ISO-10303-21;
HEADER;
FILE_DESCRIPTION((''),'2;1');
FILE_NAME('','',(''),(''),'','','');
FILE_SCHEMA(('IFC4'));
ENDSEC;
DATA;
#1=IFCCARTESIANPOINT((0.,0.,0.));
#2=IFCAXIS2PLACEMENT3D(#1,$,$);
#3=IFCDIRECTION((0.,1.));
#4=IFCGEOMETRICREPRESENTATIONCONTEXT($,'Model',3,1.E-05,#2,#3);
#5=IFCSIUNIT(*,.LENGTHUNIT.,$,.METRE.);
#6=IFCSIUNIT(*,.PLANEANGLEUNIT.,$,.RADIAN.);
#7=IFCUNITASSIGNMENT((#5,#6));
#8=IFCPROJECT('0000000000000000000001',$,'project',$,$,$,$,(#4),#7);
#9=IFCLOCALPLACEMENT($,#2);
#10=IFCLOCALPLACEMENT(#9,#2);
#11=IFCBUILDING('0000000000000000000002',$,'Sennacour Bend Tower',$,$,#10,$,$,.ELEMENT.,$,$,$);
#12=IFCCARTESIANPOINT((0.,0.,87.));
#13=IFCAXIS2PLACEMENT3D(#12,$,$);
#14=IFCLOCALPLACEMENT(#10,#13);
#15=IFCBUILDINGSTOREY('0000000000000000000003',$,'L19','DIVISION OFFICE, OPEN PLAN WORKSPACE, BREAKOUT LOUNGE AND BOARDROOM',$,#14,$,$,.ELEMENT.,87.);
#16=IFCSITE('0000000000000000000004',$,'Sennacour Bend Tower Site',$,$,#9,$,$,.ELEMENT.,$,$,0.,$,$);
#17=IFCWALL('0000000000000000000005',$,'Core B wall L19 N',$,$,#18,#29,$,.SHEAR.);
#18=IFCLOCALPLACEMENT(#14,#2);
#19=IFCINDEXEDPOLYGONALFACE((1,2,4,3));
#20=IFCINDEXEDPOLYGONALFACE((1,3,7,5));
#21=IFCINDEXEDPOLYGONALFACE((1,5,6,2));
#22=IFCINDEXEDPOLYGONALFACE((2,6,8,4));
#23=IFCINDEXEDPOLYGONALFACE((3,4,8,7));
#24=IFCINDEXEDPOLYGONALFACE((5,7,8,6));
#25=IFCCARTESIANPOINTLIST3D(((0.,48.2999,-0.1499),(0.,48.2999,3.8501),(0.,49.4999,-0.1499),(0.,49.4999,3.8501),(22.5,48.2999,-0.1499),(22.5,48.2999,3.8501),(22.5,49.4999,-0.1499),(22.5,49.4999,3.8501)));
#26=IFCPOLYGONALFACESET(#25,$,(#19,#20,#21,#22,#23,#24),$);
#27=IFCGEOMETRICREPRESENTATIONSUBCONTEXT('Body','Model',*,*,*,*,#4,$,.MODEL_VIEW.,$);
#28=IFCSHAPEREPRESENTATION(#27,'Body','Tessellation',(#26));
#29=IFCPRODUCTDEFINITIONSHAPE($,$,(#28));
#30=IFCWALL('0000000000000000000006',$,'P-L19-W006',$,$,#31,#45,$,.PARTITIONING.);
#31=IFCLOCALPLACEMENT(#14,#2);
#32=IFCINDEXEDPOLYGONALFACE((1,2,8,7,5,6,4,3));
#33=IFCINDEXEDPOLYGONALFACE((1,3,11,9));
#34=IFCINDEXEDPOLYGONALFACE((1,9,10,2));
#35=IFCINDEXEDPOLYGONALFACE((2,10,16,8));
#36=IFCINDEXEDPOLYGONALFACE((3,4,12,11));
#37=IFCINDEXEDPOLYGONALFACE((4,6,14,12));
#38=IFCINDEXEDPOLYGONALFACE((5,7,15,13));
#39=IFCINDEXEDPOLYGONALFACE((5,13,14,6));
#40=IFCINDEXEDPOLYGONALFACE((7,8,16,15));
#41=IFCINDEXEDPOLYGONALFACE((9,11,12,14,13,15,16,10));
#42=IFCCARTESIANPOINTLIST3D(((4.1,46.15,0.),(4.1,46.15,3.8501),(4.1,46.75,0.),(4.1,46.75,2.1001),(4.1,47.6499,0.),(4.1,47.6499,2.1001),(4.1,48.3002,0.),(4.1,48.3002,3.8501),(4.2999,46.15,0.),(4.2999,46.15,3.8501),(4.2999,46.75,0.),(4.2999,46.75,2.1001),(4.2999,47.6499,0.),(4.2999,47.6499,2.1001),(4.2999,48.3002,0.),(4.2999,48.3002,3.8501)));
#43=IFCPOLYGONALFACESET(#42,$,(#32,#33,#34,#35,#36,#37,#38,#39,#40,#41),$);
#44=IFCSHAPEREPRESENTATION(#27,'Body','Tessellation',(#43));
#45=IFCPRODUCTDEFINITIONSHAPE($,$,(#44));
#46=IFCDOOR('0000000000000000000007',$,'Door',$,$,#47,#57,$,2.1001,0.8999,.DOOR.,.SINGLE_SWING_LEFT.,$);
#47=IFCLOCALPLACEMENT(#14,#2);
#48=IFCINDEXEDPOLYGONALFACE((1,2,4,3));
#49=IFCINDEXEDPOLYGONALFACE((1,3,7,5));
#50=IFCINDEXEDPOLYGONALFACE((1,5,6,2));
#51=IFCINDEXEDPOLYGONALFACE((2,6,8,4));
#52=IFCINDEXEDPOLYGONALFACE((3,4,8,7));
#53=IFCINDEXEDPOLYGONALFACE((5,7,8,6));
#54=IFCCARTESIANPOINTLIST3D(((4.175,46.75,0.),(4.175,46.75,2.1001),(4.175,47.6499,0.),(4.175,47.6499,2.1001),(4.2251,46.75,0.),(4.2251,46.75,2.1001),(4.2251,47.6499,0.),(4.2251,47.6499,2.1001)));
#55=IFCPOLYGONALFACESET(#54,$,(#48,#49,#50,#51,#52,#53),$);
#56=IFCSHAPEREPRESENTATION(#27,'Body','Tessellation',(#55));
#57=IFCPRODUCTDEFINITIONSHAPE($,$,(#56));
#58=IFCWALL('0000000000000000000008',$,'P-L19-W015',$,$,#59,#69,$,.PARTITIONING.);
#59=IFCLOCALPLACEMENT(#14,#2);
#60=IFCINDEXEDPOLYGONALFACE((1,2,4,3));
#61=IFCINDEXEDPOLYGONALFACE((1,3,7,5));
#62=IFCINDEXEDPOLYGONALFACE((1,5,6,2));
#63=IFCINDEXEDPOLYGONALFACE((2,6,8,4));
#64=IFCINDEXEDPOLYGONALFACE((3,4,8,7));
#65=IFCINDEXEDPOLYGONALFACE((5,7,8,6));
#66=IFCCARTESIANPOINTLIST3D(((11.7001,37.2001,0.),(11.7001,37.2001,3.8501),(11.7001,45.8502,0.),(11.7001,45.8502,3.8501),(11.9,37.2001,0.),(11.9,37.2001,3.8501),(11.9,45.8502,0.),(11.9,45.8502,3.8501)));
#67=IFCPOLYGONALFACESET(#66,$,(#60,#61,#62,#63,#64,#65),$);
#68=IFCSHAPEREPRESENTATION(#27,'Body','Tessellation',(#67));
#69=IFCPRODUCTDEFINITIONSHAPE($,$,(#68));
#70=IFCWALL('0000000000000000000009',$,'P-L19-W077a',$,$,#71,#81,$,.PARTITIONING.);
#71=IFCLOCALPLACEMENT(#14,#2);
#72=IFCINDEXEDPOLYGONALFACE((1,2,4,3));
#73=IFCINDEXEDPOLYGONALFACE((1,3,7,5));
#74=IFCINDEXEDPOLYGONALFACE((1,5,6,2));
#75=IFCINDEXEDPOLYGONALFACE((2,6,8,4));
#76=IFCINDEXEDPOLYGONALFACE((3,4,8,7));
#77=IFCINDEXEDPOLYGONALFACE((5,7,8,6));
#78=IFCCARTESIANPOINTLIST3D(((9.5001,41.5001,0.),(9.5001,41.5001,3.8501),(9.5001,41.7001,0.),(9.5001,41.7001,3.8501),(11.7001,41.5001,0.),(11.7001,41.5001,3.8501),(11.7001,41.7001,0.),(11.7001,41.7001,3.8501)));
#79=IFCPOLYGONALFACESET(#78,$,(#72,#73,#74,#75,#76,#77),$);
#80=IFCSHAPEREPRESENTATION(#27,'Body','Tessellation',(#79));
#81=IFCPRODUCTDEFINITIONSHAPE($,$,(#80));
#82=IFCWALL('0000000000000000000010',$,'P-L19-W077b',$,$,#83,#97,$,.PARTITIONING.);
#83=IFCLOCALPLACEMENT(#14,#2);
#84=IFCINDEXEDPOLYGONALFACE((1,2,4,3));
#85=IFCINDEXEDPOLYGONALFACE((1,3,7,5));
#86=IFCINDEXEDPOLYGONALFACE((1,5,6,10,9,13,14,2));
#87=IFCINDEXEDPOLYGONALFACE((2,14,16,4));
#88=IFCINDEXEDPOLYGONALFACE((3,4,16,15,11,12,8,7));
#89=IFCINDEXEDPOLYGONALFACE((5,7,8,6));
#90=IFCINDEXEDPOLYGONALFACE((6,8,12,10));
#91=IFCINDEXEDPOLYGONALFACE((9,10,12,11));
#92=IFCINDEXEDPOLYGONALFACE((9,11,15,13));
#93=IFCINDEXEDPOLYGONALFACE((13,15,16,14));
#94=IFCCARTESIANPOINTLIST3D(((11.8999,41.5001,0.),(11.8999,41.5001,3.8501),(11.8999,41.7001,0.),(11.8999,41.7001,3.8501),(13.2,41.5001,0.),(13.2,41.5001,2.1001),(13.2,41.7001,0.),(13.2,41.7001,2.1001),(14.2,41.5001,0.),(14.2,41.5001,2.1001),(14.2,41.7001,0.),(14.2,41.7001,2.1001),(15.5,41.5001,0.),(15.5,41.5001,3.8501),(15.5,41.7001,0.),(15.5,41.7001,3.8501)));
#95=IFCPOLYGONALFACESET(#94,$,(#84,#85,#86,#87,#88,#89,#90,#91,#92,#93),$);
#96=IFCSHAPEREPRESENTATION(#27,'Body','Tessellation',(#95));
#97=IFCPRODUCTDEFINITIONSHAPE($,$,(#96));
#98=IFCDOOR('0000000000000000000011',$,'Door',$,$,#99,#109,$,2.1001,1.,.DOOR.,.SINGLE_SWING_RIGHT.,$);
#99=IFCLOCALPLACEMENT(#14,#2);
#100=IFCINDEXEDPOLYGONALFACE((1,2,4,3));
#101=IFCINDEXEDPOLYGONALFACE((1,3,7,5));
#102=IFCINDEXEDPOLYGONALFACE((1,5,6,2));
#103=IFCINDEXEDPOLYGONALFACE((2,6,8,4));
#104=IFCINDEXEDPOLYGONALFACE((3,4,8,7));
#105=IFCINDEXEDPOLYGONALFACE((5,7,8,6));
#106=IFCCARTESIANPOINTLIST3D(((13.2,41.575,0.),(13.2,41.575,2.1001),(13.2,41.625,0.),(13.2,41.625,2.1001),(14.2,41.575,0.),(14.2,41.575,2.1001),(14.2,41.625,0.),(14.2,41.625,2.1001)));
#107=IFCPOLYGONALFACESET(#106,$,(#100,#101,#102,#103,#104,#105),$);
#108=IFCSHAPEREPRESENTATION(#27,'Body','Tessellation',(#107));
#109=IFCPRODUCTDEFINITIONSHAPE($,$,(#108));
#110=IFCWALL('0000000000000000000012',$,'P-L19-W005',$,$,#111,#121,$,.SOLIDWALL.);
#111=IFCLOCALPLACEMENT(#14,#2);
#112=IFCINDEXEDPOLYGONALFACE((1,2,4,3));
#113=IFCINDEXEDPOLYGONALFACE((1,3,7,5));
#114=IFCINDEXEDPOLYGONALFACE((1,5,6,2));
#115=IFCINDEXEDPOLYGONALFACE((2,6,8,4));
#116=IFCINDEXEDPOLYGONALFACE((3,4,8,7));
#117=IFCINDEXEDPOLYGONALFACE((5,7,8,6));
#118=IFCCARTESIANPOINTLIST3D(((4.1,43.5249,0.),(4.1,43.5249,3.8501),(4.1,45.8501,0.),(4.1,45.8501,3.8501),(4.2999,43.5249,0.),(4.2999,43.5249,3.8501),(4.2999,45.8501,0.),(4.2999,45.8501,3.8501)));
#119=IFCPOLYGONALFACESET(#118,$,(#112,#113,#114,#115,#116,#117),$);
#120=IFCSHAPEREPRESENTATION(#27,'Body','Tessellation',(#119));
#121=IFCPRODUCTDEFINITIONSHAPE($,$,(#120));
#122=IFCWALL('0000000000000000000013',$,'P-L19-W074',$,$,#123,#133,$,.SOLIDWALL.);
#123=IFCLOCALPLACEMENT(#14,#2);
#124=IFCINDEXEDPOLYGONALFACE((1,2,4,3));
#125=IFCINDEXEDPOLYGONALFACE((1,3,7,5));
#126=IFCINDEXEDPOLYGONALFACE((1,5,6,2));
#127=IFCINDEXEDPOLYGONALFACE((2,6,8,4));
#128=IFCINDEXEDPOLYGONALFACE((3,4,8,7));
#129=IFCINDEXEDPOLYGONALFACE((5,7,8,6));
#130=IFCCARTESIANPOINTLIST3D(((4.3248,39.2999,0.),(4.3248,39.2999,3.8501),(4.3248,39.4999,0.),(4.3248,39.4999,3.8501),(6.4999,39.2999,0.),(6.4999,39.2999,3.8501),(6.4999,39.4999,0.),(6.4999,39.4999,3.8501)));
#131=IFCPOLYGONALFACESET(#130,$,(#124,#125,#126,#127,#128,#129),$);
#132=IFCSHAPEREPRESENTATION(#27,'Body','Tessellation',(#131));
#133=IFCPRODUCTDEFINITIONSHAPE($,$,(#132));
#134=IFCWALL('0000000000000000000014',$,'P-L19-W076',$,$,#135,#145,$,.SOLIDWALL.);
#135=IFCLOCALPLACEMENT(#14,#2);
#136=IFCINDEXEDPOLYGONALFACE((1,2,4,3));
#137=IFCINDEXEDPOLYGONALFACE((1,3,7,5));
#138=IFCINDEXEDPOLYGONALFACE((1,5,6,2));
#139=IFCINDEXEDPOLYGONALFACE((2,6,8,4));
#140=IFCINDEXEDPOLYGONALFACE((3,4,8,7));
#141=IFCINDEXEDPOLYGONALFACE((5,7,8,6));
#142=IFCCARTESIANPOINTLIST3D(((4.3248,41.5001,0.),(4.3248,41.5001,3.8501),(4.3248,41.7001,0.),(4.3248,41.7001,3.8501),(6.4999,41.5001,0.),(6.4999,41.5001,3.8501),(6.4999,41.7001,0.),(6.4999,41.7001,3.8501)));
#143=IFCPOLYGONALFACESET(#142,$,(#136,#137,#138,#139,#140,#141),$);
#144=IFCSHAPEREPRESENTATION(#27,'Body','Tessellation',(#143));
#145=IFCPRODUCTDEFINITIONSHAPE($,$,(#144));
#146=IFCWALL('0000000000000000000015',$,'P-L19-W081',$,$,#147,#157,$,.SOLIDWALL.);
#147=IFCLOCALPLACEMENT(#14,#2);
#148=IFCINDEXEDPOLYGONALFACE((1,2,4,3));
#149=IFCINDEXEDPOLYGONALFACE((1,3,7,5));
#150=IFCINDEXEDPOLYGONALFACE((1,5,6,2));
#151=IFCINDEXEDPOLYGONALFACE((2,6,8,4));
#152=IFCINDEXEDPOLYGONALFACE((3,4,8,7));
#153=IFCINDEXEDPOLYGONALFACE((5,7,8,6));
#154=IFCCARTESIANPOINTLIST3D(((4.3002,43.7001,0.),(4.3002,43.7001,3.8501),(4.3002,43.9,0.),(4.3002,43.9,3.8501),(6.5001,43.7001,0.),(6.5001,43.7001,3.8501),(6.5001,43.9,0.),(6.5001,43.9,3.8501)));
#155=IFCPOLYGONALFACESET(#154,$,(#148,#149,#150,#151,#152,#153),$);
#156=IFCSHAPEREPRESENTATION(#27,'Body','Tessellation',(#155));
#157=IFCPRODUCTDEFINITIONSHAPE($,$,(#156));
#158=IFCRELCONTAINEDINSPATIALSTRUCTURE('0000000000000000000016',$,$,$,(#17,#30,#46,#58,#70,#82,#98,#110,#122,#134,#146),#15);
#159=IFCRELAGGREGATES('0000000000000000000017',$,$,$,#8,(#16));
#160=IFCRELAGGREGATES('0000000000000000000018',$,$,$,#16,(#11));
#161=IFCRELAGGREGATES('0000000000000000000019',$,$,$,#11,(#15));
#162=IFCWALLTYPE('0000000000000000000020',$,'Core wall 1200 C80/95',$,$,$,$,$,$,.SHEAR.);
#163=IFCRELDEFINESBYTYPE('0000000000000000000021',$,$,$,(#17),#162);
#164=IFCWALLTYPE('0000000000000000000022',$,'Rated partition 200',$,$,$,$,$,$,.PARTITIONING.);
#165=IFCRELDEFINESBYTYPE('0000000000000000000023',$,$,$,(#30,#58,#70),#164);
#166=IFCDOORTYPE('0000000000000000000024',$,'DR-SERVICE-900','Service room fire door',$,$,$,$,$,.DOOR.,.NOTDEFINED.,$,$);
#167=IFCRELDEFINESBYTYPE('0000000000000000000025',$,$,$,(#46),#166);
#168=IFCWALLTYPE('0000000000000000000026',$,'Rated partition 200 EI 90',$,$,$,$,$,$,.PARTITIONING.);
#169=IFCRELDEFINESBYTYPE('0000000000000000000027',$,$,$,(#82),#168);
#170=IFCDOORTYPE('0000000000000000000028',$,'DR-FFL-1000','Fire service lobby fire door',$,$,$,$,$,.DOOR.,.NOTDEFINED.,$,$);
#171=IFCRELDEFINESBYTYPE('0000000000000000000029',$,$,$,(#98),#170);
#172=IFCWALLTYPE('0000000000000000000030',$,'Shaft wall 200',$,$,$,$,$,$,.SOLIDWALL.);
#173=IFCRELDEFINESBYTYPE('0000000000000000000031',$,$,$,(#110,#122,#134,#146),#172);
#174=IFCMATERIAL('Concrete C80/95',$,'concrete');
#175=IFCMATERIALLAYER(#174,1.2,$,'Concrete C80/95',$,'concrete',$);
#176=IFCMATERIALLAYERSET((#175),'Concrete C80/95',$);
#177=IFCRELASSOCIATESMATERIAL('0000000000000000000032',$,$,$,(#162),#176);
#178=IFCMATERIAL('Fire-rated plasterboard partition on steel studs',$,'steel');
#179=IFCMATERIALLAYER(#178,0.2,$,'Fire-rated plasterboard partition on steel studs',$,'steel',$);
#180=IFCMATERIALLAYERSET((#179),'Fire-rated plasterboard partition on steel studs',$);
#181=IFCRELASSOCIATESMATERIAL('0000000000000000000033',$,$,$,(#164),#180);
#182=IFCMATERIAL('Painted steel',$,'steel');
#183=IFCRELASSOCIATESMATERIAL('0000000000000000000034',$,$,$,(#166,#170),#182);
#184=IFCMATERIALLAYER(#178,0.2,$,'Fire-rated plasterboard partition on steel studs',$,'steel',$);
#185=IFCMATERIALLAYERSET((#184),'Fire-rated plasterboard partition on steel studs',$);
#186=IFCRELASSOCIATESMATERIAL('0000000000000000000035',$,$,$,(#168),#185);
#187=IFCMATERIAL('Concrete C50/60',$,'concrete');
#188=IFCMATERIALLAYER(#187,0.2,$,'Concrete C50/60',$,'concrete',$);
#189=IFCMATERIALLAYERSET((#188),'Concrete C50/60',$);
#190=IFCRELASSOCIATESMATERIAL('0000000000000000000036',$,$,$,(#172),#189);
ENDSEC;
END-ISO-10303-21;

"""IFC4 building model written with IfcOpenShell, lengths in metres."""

from ifc_helpers import new_model, si_unit, direction, frame, frame_2d, origin, place, context, subcontext, project, spatial, rectangle, extrude, material, layer, layer_set, type_object, element, fill, save


model = new_model("IFC4")

# Units and contexts
model_context = context("Model", 3, precision=1e-05, world=origin(), true_north=direction((0.0, 1.0)))
body_context = subcontext(model_context, "Body", "Model", "MODEL_VIEW")
ifc_project = project(units=[si_unit("LENGTHUNIT", "METRE"), si_unit("PLANEANGLEUNIT", "RADIAN")], contexts=[model_context])

# Site, building, storey
site_placement = place(None, origin())
site = spatial("IfcSite", under=ifc_project, at=site_placement, Name="Sennacour Bend Tower Site", CompositionType="ELEMENT", RefElevation=0.0)
building_placement = place(site_placement, origin())
building = spatial("IfcBuilding", under=site, at=building_placement, Name="Sennacour Bend Tower", CompositionType="ELEMENT")
storey_placement = place(building_placement, frame((0.0, 0.0, 87.0)))
storey = spatial("IfcBuildingStorey", under=building, at=storey_placement, Name="L19", Description="DIVISION OFFICE, OPEN PLAN WORKSPACE, BREAKOUT LOUNGE AND BOARDROOM", CompositionType="ELEMENT", Elevation=87.0)

# Wall
ifc_material_1 = material(Name="Concrete C80/95", Category="concrete")
ifc_layer_1 = layer(ifc_material_1, 1.2, Name="Concrete C80/95", Category="concrete")
ifc_layer_set_1 = layer_set([ifc_layer_1], Name="Concrete C80/95")
wall_type_1 = type_object("IfcWallType", Name="Core wall 1200 C80/95", PredefinedType="SHEAR", material=ifc_layer_set_1)
wall_1_placement = place(storey_placement, frame((0.0, 48.8999, -0.1499), z_axis=(0.0, 0.0, 1.0), x_axis=(1.0, 0.0, 0.0)))
element("IfcWall", 1, at=wall_1_placement, inside=storey, type_object=wall_type_1, Name="Core B wall L19 N", PredefinedType="SHEAR", context=body_context, shape_type="SweptSolid", body=[
    extrude(rectangle(XDim=22.5, YDim=1.2, at=frame_2d((11.25, 0.0))), origin(), (0.0, 0.0, 1.0), 4.0),
])

# Wall, opening, door
ifc_material_2 = material(Name="Fire-rated plasterboard partition on steel studs", Category="steel")
ifc_layer_2 = layer(ifc_material_2, 0.2, Name="Fire-rated plasterboard partition on steel studs", Category="steel")
ifc_layer_set_2 = layer_set([ifc_layer_2], Name="Fire-rated plasterboard partition on steel studs")
wall_type_2 = type_object("IfcWallType", Name="Rated partition 200", PredefinedType="PARTITIONING", material=ifc_layer_set_2)
wall_2_placement = place(storey_placement, frame((4.2, 46.1499, 0.0), z_axis=(0.0, 0.0, 1.0), x_axis=(0.0, 1.0, 0.0)))
wall_2 = element("IfcWall", 2, at=wall_2_placement, inside=storey, type_object=wall_type_2, Name="P-L19-W006", PredefinedType="PARTITIONING", context=body_context, shape_type="SweptSolid", body=[
    extrude(rectangle(XDim=2.1501, YDim=0.2, at=frame_2d((1.0752, 0.0))), origin(), (0.0, 0.0, 1.0), 3.8501),
])
opening_1_placement = place(wall_2_placement, frame((0.6001, 0.0, 0.0)))
opening_1 = element("IfcOpeningElement", 3, at=opening_1_placement, cuts=wall_2, PredefinedType="OPENING", context=body_context, shape_type="SweptSolid", body=[
    extrude(rectangle(XDim=0.8999, YDim=2.1001, at=frame_2d((0.45, 1.05))), frame((0.0, 0.1099, 0.0), z_axis=(0.0, -1.0, 0.0), x_axis=(1.0, 0.0, 0.0)), (0.0, 0.0, 1.0), 0.22),
])
ifc_material_3 = material(Name="Painted steel", Category="steel")
door_type_1 = type_object("IfcDoorType", Name="DR-SERVICE-900", Description="Service room fire door", OperationType="NOTDEFINED", PredefinedType="DOOR", material=ifc_material_3)
door_1_placement = place(opening_1_placement, origin())
door_1 = element("IfcDoor", 4, at=door_1_placement, inside=storey, type_object=door_type_1, Name="Door", OperationType="SINGLE_SWING_LEFT", OverallHeight=2.1001, OverallWidth=0.8999, PredefinedType="DOOR", context=body_context, shape_type="SweptSolid", body=[
    extrude(rectangle(XDim=0.8999, YDim=2.1001, at=frame_2d((0.45, 1.05))), frame((0.0, 0.0249, 0.0), z_axis=(0.0, -1.0, 0.0), x_axis=(1.0, 0.0, 0.0)), (0.0, 0.0, 1.0), 0.05),
])
fill(opening_1, door_1)

# Walls
wall_3_placement = place(storey_placement, frame((11.8, 37.2, 0.0), z_axis=(0.0, 0.0, 1.0), x_axis=(0.0, 1.0, 0.0)))
element("IfcWall", 5, at=wall_3_placement, inside=storey, type_object=wall_type_2, Name="P-L19-W015", PredefinedType="PARTITIONING", context=body_context, shape_type="SweptSolid", body=[
    extrude(rectangle(XDim=8.6501, YDim=0.2, at=frame_2d((4.3252, 0.0))), origin(), (0.0, 0.0, 1.0), 3.8501),
])
wall_4_placement = place(storey_placement, frame((9.5, 41.6001, 0.0), z_axis=(0.0, 0.0, 1.0), x_axis=(1.0, 0.0, 0.0)))
element("IfcWall", 6, at=wall_4_placement, inside=storey, type_object=wall_type_2, Name="P-L19-W077a", PredefinedType="PARTITIONING", context=body_context, shape_type="SweptSolid", body=[
    extrude(rectangle(XDim=2.2, YDim=0.2, at=frame_2d((1.1001, 0.0))), origin(), (0.0, 0.0, 1.0), 3.8501),
])

# Wall, opening, door
ifc_layer_3 = layer(ifc_material_2, 0.2, Name="Fire-rated plasterboard partition on steel studs", Category="steel")
ifc_layer_set_3 = layer_set([ifc_layer_3], Name="Fire-rated plasterboard partition on steel studs")
wall_type_3 = type_object("IfcWallType", Name="Rated partition 200 EI 90", PredefinedType="PARTITIONING", material=ifc_layer_set_3)
wall_5_placement = place(storey_placement, frame((11.8999, 41.6001, 0.0), z_axis=(0.0, 0.0, 1.0), x_axis=(1.0, 0.0, 0.0)))
wall_5 = element("IfcWall", 7, at=wall_5_placement, inside=storey, type_object=wall_type_3, Name="P-L19-W077b", PredefinedType="PARTITIONING", context=body_context, shape_type="SweptSolid", body=[
    extrude(rectangle(XDim=3.6001, YDim=0.2, at=frame_2d((1.8, 0.0))), origin(), (0.0, 0.0, 1.0), 3.8501),
])
opening_2_placement = place(wall_5_placement, frame((1.3, 0.0, 0.0)))
opening_2 = element("IfcOpeningElement", 8, at=opening_2_placement, cuts=wall_5, PredefinedType="OPENING", context=body_context, shape_type="SweptSolid", body=[
    extrude(rectangle(XDim=1.0, YDim=2.1001, at=frame_2d((0.5, 1.05))), frame((0.0, 0.1099, 0.0), z_axis=(0.0, -1.0, 0.0), x_axis=(1.0, 0.0, 0.0)), (0.0, 0.0, 1.0), 0.22),
])
door_type_2 = type_object("IfcDoorType", Name="DR-FFL-1000", Description="Fire service lobby fire door", OperationType="NOTDEFINED", PredefinedType="DOOR", material=ifc_material_3)
door_2_placement = place(opening_2_placement, origin())
door_2 = element("IfcDoor", 9, at=door_2_placement, inside=storey, type_object=door_type_2, Name="Door", OperationType="SINGLE_SWING_RIGHT", OverallHeight=2.1001, OverallWidth=1.0, PredefinedType="DOOR", context=body_context, shape_type="SweptSolid", body=[
    extrude(rectangle(XDim=1.0, YDim=2.1001, at=frame_2d((0.5, 1.05))), frame((0.0, 0.0249, 0.0), z_axis=(0.0, -1.0, 0.0), x_axis=(1.0, 0.0, 0.0)), (0.0, 0.0, 1.0), 0.05),
])
fill(opening_2, door_2)

# Walls
ifc_material_4 = material(Name="Concrete C50/60", Category="concrete")
ifc_layer_4 = layer(ifc_material_4, 0.2, Name="Concrete C50/60", Category="concrete")
ifc_layer_set_4 = layer_set([ifc_layer_4], Name="Concrete C50/60")
wall_type_4 = type_object("IfcWallType", Name="Shaft wall 200", PredefinedType="SOLIDWALL", material=ifc_layer_set_4)
wall_6_placement = place(storey_placement, frame((4.2, 43.5249, 0.0), z_axis=(0.0, 0.0, 1.0), x_axis=(0.0, 1.0, 0.0)))
element("IfcWall", 10, at=wall_6_placement, inside=storey, type_object=wall_type_4, Name="P-L19-W005", PredefinedType="SOLIDWALL", context=body_context, shape_type="SweptSolid", body=[
    extrude(rectangle(XDim=2.3252, YDim=0.2, at=frame_2d((1.1626, 0.0))), origin(), (0.0, 0.0, 1.0), 3.8501),
])
for number, where, z_axis, x_axis, name in (
    (11, (4.325, 39.3999, 0.0), (0.0, 0.0, 1.0), (1.0, 0.0, 0.0), "P-L19-W074"),
    (12, (4.325, 41.6001, 0.0), (0.0, 0.0, 1.0), (1.0, 0.0, 0.0), "P-L19-W076"),
):
    element("IfcWall", number, at=place(storey_placement, frame(where, z_axis=z_axis, x_axis=x_axis)), inside=storey, type_object=wall_type_4, Name=name, PredefinedType="SOLIDWALL", context=body_context, shape_type="SweptSolid", body=[
        extrude(rectangle(XDim=2.175, YDim=0.2, at=frame_2d((1.0874, 0.0))), origin(), (0.0, 0.0, 1.0), 3.8501),
    ])
wall_7_placement = place(storey_placement, frame((4.3, 43.8, 0.0), z_axis=(0.0, 0.0, 1.0), x_axis=(1.0, 0.0, 0.0)))
element("IfcWall", 13, at=wall_7_placement, inside=storey, type_object=wall_type_4, Name="P-L19-W081", PredefinedType="SOLIDWALL", context=body_context, shape_type="SweptSolid", body=[
    extrude(rectangle(XDim=2.2, YDim=0.2, at=frame_2d((1.1001, 0.0))), origin(), (0.0, 0.0, 1.0), 3.8501),
])

save(model, "model.ifc")
